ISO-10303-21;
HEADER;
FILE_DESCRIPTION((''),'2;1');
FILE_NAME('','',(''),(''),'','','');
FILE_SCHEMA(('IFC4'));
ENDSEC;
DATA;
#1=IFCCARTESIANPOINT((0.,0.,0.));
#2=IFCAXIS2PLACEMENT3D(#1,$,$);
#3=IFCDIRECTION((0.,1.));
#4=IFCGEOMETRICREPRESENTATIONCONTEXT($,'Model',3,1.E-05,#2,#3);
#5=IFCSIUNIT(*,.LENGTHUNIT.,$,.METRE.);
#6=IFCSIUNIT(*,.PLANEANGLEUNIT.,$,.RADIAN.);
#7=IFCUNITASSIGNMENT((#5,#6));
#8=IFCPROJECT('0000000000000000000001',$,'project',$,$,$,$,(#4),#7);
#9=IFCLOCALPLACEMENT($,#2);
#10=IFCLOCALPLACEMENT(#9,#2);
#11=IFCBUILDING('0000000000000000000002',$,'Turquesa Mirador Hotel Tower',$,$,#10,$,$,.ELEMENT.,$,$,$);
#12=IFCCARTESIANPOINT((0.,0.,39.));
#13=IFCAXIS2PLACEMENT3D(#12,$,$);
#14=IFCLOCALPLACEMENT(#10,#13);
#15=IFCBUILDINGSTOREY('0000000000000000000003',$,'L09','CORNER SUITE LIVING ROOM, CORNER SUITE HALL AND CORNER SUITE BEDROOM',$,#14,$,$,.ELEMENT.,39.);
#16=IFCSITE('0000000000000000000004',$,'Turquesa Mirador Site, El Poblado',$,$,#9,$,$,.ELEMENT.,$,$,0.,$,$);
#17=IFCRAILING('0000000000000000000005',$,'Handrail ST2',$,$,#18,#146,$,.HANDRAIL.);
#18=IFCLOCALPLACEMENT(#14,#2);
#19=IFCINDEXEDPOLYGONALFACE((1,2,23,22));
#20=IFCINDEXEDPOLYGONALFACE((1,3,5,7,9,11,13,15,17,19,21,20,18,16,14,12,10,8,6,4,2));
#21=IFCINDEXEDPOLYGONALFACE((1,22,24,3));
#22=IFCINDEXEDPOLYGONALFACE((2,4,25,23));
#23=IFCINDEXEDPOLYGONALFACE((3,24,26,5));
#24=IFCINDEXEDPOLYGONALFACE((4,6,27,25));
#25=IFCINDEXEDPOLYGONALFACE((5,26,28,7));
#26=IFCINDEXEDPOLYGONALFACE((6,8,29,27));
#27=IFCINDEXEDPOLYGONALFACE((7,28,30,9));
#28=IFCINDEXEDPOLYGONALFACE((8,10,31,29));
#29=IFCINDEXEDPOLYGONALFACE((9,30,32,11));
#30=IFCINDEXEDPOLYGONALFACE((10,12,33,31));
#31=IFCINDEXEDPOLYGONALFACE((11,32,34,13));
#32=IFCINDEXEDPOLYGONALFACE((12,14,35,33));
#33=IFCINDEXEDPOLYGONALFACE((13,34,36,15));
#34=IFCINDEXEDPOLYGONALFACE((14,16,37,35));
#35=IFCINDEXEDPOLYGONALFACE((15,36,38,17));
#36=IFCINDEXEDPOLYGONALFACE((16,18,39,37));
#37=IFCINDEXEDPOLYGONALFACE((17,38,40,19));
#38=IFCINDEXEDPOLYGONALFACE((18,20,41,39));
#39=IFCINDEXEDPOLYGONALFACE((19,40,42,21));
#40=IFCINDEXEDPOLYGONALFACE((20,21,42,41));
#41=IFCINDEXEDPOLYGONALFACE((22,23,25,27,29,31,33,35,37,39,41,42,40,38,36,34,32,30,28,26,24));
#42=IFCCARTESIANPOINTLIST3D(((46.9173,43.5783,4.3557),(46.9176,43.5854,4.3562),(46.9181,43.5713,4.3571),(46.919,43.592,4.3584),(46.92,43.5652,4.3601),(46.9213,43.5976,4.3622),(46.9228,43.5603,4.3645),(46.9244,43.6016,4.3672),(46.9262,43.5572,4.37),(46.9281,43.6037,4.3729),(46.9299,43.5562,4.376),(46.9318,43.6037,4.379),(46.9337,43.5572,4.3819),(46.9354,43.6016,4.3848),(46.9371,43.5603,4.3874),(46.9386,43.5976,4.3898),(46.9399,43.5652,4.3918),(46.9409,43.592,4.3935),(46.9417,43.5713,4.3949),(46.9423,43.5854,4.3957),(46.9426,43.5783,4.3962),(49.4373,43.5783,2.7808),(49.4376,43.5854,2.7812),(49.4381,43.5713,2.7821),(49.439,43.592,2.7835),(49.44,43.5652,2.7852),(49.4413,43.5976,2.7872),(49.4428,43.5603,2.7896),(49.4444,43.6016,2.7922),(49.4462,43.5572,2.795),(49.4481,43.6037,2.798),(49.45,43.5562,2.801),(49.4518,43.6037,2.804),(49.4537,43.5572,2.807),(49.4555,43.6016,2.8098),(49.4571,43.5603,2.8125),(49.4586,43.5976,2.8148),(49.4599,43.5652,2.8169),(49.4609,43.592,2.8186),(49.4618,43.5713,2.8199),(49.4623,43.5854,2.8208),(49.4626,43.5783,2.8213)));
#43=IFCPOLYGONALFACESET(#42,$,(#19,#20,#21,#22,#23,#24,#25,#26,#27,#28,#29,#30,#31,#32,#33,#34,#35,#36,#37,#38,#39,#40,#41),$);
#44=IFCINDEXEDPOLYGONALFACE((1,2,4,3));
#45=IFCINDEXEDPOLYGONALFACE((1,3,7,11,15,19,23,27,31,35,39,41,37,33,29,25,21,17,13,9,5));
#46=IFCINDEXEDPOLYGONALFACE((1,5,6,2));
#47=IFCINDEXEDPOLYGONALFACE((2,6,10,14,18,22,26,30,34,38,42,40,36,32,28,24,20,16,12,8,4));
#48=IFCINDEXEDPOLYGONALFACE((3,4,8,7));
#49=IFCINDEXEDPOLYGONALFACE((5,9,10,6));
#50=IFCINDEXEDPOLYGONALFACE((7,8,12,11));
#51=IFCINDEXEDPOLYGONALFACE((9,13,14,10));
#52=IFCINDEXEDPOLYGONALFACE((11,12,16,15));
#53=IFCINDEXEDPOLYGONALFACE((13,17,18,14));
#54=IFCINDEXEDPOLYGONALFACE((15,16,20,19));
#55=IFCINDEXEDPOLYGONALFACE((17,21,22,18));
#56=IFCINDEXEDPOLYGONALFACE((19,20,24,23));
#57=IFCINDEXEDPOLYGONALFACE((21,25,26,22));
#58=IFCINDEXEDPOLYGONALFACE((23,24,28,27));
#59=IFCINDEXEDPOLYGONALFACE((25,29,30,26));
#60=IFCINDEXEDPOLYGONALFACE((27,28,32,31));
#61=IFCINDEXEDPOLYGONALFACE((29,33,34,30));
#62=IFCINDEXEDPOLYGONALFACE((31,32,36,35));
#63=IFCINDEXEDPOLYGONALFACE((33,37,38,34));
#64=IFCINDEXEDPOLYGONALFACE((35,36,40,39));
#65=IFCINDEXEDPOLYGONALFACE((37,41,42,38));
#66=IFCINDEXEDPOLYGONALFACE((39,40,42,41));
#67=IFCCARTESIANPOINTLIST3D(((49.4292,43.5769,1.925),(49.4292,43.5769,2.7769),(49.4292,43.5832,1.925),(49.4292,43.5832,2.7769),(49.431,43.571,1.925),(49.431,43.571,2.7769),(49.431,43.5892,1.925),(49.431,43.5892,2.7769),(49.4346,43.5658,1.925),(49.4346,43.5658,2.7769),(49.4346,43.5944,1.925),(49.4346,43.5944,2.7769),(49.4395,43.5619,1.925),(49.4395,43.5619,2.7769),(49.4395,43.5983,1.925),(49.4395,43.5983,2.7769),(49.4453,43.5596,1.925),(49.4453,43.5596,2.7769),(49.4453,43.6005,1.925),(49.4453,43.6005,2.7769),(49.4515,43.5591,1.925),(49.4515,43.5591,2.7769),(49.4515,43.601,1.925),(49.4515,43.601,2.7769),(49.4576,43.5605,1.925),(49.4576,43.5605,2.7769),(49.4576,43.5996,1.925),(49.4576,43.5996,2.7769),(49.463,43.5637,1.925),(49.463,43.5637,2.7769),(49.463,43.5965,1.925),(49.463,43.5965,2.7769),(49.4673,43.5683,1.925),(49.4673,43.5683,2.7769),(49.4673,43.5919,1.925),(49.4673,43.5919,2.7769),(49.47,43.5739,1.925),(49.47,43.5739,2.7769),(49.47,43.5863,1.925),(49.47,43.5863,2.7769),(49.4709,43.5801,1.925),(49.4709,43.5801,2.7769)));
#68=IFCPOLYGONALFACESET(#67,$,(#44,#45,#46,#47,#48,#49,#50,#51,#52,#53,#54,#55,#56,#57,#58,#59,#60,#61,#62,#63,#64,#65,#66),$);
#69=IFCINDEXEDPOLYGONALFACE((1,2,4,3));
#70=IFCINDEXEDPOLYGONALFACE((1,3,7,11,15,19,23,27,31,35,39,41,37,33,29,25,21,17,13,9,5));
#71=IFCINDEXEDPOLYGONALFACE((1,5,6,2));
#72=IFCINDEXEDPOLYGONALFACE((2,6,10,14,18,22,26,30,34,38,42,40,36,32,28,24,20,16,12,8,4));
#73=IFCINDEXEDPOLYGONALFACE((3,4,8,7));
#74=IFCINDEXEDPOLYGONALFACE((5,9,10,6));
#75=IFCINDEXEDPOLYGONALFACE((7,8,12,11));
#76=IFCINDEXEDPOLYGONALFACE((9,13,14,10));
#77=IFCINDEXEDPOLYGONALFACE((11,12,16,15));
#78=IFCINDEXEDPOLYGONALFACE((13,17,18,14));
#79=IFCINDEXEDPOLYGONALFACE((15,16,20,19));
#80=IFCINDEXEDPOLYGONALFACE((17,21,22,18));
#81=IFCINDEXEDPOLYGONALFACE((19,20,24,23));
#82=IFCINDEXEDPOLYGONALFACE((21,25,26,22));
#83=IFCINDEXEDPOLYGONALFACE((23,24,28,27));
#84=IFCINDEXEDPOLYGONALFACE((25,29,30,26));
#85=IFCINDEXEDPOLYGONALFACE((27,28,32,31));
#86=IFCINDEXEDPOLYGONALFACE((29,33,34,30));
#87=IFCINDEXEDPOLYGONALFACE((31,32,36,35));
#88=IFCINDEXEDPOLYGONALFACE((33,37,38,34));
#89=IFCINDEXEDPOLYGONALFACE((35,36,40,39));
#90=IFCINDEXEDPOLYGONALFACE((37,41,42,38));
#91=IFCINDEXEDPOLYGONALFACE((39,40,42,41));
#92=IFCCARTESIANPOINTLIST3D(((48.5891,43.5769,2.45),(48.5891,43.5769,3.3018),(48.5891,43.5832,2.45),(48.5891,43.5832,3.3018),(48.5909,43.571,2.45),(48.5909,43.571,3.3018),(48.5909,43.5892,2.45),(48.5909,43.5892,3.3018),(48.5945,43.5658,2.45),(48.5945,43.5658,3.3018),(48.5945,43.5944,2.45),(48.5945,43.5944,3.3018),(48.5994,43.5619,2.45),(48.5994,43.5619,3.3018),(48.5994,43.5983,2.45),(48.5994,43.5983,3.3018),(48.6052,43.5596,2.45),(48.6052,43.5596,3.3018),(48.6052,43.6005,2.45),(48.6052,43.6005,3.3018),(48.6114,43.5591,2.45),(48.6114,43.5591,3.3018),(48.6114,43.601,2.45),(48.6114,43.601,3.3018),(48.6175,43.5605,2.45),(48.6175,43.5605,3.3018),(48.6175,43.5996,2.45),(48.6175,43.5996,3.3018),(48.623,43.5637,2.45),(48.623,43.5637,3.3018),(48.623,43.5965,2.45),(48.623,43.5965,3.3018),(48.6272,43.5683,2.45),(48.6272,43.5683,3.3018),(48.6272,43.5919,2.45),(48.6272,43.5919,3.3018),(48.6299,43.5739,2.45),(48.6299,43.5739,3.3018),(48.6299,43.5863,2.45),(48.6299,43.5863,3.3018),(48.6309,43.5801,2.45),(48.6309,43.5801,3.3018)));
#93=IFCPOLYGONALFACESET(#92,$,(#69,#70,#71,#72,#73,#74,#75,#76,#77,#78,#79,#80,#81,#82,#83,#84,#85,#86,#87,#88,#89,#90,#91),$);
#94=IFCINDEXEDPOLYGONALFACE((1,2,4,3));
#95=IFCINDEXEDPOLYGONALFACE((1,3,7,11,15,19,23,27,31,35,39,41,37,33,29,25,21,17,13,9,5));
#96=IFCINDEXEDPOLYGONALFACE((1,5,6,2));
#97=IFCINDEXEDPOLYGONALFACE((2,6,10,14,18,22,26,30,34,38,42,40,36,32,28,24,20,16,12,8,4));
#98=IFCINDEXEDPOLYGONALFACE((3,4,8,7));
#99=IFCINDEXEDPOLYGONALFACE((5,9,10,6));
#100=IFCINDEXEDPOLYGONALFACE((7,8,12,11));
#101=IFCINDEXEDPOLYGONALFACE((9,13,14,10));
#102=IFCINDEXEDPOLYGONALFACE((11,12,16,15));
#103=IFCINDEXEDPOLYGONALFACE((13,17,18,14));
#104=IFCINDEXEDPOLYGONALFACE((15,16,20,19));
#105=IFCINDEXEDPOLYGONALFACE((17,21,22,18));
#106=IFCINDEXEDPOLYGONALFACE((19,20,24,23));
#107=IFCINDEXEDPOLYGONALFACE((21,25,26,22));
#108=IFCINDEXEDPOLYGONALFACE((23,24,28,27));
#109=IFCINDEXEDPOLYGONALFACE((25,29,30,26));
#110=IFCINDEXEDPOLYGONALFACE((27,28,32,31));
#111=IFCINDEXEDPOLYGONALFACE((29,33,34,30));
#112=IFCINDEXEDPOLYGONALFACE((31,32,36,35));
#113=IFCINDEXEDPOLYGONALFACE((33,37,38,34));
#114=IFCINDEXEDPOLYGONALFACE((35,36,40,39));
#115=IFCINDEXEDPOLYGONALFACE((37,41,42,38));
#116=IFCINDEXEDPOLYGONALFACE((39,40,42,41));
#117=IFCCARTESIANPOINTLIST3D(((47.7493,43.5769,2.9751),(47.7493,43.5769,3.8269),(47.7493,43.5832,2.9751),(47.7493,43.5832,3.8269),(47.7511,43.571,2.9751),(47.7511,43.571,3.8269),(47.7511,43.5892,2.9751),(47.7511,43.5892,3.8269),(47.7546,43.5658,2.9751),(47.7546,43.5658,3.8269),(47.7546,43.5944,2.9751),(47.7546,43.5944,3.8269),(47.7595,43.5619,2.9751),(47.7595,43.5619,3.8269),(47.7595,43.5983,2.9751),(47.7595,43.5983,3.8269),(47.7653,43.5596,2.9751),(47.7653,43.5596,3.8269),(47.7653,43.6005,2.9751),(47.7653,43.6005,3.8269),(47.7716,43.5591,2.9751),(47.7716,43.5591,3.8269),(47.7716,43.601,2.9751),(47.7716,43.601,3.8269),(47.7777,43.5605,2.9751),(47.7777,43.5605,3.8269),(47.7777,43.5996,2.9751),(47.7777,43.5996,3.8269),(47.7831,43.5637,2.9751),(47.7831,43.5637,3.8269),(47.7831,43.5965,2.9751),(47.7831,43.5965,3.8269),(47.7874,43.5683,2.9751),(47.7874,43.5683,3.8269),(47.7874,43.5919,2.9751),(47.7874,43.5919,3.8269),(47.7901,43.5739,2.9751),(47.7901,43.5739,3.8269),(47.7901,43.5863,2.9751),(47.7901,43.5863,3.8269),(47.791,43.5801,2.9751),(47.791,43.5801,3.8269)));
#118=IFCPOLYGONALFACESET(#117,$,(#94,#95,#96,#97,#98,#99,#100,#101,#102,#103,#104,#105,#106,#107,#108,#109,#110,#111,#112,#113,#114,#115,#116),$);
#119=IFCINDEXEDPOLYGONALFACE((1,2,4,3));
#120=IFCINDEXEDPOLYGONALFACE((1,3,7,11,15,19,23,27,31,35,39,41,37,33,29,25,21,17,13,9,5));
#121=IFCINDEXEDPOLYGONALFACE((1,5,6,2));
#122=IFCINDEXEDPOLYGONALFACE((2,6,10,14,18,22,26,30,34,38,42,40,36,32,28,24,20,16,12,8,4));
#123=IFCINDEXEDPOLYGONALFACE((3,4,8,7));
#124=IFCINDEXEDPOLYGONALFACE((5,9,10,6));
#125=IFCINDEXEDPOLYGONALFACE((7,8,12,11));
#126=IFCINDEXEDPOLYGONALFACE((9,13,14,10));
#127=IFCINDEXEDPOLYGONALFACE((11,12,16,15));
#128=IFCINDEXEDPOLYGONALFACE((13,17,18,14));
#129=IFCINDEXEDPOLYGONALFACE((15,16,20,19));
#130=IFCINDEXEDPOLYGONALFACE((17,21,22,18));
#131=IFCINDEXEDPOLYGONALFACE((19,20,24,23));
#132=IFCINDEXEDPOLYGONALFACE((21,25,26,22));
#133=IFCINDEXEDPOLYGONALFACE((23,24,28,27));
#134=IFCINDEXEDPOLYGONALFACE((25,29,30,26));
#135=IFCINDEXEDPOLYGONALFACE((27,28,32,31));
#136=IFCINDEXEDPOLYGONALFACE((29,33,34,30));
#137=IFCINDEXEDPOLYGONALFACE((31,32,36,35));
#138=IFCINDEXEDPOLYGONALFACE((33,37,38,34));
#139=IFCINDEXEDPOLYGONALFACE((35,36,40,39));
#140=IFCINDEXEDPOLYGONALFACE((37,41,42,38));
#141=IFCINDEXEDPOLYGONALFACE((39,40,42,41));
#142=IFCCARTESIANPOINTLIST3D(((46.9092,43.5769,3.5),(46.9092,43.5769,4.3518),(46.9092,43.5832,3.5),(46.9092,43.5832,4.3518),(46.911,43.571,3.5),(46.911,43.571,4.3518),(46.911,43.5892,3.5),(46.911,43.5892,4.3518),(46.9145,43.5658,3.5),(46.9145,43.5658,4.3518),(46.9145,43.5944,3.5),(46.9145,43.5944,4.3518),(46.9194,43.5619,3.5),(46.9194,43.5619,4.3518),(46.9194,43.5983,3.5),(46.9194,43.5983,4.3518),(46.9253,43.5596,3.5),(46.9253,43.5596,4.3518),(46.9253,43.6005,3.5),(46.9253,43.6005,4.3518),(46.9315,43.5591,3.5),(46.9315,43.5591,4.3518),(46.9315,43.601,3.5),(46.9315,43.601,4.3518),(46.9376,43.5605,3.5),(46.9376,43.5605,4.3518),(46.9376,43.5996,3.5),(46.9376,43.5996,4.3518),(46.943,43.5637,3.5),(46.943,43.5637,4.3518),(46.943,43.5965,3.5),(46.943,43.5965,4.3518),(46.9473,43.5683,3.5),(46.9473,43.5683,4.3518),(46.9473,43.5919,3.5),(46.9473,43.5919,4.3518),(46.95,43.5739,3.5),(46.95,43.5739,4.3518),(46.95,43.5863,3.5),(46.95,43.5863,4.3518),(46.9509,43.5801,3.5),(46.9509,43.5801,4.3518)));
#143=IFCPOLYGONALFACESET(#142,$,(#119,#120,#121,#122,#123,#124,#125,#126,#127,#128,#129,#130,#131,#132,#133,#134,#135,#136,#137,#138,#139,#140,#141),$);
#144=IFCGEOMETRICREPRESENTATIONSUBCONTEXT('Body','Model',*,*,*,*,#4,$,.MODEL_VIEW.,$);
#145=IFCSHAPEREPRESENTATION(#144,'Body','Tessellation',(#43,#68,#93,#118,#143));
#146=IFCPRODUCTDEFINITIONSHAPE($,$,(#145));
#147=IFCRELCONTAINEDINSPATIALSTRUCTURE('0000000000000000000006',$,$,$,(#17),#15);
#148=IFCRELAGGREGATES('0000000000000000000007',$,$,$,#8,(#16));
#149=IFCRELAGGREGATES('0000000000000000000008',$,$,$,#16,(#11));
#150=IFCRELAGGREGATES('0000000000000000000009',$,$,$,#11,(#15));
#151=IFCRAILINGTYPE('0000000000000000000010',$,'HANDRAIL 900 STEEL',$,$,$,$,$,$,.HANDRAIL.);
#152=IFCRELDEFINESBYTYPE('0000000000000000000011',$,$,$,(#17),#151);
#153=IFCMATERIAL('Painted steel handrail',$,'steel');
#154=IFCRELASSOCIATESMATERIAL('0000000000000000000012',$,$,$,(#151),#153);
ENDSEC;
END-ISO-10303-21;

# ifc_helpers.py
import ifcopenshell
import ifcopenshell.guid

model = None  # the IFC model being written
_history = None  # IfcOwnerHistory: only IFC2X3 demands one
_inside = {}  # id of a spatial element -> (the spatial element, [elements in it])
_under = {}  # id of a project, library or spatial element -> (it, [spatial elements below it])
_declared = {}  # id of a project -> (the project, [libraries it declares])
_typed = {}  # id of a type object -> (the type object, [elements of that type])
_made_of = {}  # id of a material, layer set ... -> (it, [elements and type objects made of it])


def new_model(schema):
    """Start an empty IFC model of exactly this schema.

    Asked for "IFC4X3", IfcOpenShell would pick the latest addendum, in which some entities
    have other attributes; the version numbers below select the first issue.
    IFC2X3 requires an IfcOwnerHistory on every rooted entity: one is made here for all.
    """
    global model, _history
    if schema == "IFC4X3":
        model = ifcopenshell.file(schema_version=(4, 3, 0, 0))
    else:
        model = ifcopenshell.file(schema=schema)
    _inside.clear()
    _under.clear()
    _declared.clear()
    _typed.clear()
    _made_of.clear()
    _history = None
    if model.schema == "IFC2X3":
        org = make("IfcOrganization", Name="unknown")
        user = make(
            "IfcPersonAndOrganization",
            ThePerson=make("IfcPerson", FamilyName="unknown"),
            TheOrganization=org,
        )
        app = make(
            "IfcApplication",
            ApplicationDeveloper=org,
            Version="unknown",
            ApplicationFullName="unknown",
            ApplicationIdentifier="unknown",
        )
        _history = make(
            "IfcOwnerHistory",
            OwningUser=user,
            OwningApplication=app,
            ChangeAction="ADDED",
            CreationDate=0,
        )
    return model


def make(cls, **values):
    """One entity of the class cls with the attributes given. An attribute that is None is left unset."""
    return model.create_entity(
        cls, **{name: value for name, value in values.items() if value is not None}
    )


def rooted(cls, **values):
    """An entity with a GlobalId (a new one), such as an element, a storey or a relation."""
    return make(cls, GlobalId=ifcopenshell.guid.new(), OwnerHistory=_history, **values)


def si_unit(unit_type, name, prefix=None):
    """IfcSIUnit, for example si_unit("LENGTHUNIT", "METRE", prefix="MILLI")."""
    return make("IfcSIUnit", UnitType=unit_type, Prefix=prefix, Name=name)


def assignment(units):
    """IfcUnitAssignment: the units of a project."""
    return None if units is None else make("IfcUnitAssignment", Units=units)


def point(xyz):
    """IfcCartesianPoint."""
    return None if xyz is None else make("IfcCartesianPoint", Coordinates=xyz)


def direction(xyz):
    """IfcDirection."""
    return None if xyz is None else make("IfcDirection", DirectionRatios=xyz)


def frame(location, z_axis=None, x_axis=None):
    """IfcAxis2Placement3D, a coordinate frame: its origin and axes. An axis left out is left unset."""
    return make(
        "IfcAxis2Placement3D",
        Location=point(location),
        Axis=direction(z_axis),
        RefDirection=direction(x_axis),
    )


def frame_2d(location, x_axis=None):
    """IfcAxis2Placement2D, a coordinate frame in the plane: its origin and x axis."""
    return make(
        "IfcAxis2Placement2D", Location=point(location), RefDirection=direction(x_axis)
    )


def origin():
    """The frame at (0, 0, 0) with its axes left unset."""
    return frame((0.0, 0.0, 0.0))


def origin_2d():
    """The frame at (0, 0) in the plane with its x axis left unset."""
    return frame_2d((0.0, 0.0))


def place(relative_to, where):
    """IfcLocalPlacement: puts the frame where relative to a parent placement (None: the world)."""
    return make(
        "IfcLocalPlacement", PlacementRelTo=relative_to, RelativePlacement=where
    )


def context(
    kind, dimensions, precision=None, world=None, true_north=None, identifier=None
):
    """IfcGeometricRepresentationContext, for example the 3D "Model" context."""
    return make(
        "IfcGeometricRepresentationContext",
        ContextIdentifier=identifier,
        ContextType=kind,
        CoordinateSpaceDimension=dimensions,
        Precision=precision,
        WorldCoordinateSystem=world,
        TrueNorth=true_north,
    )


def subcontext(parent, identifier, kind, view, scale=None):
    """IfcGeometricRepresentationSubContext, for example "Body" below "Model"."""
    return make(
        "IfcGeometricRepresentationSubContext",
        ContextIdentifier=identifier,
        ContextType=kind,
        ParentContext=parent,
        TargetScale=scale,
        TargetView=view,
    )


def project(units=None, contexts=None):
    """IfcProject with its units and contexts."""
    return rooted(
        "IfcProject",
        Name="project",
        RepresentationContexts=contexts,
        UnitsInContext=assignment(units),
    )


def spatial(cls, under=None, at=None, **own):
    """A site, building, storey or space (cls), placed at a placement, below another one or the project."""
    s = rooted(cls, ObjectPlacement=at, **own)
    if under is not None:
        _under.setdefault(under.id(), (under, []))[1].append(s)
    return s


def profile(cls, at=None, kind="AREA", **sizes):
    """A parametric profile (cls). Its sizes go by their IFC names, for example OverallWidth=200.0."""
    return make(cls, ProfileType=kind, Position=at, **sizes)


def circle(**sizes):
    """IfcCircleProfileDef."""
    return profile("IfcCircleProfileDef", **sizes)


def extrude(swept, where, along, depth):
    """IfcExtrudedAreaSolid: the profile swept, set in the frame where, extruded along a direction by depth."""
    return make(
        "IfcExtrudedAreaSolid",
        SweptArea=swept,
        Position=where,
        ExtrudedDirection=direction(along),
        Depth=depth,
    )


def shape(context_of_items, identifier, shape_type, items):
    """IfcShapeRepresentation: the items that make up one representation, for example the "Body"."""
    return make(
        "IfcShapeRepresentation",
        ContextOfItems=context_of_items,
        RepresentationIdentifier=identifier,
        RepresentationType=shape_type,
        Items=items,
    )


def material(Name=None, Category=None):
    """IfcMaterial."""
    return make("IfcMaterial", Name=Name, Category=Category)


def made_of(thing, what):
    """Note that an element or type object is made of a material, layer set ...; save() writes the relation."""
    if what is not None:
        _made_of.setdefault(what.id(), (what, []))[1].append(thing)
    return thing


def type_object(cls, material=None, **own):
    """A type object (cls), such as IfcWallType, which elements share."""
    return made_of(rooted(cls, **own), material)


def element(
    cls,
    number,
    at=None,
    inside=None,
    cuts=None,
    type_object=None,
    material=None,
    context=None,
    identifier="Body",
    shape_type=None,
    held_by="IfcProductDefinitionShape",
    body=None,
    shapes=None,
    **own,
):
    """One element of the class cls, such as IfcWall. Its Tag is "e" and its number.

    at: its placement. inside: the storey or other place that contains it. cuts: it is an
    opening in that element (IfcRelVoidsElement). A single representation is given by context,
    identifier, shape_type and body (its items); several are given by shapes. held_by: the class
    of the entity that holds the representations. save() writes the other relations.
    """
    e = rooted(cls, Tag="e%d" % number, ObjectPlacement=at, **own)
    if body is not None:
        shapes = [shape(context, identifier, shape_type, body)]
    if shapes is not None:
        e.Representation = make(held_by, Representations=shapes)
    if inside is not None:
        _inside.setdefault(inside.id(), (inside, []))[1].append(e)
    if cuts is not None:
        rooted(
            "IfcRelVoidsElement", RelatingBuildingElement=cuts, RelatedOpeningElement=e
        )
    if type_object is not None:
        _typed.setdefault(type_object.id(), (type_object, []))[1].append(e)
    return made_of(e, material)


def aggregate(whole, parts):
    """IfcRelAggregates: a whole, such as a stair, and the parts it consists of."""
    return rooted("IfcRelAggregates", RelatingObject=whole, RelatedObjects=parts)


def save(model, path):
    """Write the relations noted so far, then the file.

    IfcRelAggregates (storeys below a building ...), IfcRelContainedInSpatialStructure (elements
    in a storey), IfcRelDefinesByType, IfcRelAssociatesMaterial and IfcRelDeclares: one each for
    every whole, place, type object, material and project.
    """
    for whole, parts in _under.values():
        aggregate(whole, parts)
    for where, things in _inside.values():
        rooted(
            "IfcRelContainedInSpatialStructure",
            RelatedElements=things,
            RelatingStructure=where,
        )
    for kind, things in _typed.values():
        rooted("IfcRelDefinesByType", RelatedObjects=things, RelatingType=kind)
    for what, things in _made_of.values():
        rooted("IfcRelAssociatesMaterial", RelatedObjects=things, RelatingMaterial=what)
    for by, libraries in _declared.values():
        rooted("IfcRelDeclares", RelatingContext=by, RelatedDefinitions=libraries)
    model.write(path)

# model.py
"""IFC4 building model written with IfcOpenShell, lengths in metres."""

from ifc_helpers import new_model, si_unit, direction, frame, origin, origin_2d, place, context, subcontext, project, spatial, circle, extrude, material, type_object, element, save


model = new_model("IFC4")

# Units and contexts
model_context = context("Model", 3, precision=1e-05, world=origin(), true_north=direction((0.0, 1.0)))
body_context = subcontext(model_context, "Body", "Model", "MODEL_VIEW")
ifc_project = project(units=[si_unit("LENGTHUNIT", "METRE"), si_unit("PLANEANGLEUNIT", "RADIAN")], contexts=[model_context])

# Site, building, storey
site_placement = place(None, origin())
site = spatial("IfcSite", under=ifc_project, at=site_placement, Name="Turquesa Mirador Site, El Poblado", CompositionType="ELEMENT", RefElevation=0.0)
building_placement = place(site_placement, origin())
building = spatial("IfcBuilding", under=site, at=building_placement, Name="Turquesa Mirador Hotel Tower", CompositionType="ELEMENT")
storey_placement = place(building_placement, frame((0.0, 0.0, 39.0)))
storey = spatial("IfcBuildingStorey", under=building, at=storey_placement, Name="L09", Description="CORNER SUITE LIVING ROOM, CORNER SUITE HALL AND CORNER SUITE BEDROOM", CompositionType="ELEMENT", Elevation=39.0)

# Railing
ifc_material_1 = material(Name="Painted steel handrail", Category="steel")
railing_type = type_object("IfcRailingType", Name="HANDRAIL 900 STEEL", PredefinedType="HANDRAIL", material=ifc_material_1)
railing_1_placement = place(storey_placement, frame((49.45, 43.5801, 1.925)))
element("IfcRailing", 1, at=railing_1_placement, inside=storey, type_object=railing_type, Name="Handrail ST2", PredefinedType="HANDRAIL", context=body_context, shape_type="SweptSolid", body=[
    extrude(circle(Radius=0.0239, at=origin_2d()), frame((0.0, 0.0, 0.876), z_axis=(-0.848008, 0.0, 0.529984), x_axis=(0.0, -1.0, 0.0)), (0.0, 0.0, 1.0), 2.9717),
    extrude(circle(Radius=0.021, at=origin_2d()), origin(), (0.0, 0.0, 1.0), 0.8518),
    extrude(circle(Radius=0.021, at=origin_2d()), frame((-0.8401, 0.0, 0.5249)), (0.0, 0.0, 1.0), 0.8518),
    extrude(circle(Radius=0.021, at=origin_2d()), frame((-1.6799, 0.0, 1.05)), (0.0, 0.0, 1.0), 0.8518),
    extrude(circle(Radius=0.021, at=origin_2d()), frame((-2.52, 0.0, 1.575)), (0.0, 0.0, 1.0), 0.8518),
])

save(model, "model.ifc")
